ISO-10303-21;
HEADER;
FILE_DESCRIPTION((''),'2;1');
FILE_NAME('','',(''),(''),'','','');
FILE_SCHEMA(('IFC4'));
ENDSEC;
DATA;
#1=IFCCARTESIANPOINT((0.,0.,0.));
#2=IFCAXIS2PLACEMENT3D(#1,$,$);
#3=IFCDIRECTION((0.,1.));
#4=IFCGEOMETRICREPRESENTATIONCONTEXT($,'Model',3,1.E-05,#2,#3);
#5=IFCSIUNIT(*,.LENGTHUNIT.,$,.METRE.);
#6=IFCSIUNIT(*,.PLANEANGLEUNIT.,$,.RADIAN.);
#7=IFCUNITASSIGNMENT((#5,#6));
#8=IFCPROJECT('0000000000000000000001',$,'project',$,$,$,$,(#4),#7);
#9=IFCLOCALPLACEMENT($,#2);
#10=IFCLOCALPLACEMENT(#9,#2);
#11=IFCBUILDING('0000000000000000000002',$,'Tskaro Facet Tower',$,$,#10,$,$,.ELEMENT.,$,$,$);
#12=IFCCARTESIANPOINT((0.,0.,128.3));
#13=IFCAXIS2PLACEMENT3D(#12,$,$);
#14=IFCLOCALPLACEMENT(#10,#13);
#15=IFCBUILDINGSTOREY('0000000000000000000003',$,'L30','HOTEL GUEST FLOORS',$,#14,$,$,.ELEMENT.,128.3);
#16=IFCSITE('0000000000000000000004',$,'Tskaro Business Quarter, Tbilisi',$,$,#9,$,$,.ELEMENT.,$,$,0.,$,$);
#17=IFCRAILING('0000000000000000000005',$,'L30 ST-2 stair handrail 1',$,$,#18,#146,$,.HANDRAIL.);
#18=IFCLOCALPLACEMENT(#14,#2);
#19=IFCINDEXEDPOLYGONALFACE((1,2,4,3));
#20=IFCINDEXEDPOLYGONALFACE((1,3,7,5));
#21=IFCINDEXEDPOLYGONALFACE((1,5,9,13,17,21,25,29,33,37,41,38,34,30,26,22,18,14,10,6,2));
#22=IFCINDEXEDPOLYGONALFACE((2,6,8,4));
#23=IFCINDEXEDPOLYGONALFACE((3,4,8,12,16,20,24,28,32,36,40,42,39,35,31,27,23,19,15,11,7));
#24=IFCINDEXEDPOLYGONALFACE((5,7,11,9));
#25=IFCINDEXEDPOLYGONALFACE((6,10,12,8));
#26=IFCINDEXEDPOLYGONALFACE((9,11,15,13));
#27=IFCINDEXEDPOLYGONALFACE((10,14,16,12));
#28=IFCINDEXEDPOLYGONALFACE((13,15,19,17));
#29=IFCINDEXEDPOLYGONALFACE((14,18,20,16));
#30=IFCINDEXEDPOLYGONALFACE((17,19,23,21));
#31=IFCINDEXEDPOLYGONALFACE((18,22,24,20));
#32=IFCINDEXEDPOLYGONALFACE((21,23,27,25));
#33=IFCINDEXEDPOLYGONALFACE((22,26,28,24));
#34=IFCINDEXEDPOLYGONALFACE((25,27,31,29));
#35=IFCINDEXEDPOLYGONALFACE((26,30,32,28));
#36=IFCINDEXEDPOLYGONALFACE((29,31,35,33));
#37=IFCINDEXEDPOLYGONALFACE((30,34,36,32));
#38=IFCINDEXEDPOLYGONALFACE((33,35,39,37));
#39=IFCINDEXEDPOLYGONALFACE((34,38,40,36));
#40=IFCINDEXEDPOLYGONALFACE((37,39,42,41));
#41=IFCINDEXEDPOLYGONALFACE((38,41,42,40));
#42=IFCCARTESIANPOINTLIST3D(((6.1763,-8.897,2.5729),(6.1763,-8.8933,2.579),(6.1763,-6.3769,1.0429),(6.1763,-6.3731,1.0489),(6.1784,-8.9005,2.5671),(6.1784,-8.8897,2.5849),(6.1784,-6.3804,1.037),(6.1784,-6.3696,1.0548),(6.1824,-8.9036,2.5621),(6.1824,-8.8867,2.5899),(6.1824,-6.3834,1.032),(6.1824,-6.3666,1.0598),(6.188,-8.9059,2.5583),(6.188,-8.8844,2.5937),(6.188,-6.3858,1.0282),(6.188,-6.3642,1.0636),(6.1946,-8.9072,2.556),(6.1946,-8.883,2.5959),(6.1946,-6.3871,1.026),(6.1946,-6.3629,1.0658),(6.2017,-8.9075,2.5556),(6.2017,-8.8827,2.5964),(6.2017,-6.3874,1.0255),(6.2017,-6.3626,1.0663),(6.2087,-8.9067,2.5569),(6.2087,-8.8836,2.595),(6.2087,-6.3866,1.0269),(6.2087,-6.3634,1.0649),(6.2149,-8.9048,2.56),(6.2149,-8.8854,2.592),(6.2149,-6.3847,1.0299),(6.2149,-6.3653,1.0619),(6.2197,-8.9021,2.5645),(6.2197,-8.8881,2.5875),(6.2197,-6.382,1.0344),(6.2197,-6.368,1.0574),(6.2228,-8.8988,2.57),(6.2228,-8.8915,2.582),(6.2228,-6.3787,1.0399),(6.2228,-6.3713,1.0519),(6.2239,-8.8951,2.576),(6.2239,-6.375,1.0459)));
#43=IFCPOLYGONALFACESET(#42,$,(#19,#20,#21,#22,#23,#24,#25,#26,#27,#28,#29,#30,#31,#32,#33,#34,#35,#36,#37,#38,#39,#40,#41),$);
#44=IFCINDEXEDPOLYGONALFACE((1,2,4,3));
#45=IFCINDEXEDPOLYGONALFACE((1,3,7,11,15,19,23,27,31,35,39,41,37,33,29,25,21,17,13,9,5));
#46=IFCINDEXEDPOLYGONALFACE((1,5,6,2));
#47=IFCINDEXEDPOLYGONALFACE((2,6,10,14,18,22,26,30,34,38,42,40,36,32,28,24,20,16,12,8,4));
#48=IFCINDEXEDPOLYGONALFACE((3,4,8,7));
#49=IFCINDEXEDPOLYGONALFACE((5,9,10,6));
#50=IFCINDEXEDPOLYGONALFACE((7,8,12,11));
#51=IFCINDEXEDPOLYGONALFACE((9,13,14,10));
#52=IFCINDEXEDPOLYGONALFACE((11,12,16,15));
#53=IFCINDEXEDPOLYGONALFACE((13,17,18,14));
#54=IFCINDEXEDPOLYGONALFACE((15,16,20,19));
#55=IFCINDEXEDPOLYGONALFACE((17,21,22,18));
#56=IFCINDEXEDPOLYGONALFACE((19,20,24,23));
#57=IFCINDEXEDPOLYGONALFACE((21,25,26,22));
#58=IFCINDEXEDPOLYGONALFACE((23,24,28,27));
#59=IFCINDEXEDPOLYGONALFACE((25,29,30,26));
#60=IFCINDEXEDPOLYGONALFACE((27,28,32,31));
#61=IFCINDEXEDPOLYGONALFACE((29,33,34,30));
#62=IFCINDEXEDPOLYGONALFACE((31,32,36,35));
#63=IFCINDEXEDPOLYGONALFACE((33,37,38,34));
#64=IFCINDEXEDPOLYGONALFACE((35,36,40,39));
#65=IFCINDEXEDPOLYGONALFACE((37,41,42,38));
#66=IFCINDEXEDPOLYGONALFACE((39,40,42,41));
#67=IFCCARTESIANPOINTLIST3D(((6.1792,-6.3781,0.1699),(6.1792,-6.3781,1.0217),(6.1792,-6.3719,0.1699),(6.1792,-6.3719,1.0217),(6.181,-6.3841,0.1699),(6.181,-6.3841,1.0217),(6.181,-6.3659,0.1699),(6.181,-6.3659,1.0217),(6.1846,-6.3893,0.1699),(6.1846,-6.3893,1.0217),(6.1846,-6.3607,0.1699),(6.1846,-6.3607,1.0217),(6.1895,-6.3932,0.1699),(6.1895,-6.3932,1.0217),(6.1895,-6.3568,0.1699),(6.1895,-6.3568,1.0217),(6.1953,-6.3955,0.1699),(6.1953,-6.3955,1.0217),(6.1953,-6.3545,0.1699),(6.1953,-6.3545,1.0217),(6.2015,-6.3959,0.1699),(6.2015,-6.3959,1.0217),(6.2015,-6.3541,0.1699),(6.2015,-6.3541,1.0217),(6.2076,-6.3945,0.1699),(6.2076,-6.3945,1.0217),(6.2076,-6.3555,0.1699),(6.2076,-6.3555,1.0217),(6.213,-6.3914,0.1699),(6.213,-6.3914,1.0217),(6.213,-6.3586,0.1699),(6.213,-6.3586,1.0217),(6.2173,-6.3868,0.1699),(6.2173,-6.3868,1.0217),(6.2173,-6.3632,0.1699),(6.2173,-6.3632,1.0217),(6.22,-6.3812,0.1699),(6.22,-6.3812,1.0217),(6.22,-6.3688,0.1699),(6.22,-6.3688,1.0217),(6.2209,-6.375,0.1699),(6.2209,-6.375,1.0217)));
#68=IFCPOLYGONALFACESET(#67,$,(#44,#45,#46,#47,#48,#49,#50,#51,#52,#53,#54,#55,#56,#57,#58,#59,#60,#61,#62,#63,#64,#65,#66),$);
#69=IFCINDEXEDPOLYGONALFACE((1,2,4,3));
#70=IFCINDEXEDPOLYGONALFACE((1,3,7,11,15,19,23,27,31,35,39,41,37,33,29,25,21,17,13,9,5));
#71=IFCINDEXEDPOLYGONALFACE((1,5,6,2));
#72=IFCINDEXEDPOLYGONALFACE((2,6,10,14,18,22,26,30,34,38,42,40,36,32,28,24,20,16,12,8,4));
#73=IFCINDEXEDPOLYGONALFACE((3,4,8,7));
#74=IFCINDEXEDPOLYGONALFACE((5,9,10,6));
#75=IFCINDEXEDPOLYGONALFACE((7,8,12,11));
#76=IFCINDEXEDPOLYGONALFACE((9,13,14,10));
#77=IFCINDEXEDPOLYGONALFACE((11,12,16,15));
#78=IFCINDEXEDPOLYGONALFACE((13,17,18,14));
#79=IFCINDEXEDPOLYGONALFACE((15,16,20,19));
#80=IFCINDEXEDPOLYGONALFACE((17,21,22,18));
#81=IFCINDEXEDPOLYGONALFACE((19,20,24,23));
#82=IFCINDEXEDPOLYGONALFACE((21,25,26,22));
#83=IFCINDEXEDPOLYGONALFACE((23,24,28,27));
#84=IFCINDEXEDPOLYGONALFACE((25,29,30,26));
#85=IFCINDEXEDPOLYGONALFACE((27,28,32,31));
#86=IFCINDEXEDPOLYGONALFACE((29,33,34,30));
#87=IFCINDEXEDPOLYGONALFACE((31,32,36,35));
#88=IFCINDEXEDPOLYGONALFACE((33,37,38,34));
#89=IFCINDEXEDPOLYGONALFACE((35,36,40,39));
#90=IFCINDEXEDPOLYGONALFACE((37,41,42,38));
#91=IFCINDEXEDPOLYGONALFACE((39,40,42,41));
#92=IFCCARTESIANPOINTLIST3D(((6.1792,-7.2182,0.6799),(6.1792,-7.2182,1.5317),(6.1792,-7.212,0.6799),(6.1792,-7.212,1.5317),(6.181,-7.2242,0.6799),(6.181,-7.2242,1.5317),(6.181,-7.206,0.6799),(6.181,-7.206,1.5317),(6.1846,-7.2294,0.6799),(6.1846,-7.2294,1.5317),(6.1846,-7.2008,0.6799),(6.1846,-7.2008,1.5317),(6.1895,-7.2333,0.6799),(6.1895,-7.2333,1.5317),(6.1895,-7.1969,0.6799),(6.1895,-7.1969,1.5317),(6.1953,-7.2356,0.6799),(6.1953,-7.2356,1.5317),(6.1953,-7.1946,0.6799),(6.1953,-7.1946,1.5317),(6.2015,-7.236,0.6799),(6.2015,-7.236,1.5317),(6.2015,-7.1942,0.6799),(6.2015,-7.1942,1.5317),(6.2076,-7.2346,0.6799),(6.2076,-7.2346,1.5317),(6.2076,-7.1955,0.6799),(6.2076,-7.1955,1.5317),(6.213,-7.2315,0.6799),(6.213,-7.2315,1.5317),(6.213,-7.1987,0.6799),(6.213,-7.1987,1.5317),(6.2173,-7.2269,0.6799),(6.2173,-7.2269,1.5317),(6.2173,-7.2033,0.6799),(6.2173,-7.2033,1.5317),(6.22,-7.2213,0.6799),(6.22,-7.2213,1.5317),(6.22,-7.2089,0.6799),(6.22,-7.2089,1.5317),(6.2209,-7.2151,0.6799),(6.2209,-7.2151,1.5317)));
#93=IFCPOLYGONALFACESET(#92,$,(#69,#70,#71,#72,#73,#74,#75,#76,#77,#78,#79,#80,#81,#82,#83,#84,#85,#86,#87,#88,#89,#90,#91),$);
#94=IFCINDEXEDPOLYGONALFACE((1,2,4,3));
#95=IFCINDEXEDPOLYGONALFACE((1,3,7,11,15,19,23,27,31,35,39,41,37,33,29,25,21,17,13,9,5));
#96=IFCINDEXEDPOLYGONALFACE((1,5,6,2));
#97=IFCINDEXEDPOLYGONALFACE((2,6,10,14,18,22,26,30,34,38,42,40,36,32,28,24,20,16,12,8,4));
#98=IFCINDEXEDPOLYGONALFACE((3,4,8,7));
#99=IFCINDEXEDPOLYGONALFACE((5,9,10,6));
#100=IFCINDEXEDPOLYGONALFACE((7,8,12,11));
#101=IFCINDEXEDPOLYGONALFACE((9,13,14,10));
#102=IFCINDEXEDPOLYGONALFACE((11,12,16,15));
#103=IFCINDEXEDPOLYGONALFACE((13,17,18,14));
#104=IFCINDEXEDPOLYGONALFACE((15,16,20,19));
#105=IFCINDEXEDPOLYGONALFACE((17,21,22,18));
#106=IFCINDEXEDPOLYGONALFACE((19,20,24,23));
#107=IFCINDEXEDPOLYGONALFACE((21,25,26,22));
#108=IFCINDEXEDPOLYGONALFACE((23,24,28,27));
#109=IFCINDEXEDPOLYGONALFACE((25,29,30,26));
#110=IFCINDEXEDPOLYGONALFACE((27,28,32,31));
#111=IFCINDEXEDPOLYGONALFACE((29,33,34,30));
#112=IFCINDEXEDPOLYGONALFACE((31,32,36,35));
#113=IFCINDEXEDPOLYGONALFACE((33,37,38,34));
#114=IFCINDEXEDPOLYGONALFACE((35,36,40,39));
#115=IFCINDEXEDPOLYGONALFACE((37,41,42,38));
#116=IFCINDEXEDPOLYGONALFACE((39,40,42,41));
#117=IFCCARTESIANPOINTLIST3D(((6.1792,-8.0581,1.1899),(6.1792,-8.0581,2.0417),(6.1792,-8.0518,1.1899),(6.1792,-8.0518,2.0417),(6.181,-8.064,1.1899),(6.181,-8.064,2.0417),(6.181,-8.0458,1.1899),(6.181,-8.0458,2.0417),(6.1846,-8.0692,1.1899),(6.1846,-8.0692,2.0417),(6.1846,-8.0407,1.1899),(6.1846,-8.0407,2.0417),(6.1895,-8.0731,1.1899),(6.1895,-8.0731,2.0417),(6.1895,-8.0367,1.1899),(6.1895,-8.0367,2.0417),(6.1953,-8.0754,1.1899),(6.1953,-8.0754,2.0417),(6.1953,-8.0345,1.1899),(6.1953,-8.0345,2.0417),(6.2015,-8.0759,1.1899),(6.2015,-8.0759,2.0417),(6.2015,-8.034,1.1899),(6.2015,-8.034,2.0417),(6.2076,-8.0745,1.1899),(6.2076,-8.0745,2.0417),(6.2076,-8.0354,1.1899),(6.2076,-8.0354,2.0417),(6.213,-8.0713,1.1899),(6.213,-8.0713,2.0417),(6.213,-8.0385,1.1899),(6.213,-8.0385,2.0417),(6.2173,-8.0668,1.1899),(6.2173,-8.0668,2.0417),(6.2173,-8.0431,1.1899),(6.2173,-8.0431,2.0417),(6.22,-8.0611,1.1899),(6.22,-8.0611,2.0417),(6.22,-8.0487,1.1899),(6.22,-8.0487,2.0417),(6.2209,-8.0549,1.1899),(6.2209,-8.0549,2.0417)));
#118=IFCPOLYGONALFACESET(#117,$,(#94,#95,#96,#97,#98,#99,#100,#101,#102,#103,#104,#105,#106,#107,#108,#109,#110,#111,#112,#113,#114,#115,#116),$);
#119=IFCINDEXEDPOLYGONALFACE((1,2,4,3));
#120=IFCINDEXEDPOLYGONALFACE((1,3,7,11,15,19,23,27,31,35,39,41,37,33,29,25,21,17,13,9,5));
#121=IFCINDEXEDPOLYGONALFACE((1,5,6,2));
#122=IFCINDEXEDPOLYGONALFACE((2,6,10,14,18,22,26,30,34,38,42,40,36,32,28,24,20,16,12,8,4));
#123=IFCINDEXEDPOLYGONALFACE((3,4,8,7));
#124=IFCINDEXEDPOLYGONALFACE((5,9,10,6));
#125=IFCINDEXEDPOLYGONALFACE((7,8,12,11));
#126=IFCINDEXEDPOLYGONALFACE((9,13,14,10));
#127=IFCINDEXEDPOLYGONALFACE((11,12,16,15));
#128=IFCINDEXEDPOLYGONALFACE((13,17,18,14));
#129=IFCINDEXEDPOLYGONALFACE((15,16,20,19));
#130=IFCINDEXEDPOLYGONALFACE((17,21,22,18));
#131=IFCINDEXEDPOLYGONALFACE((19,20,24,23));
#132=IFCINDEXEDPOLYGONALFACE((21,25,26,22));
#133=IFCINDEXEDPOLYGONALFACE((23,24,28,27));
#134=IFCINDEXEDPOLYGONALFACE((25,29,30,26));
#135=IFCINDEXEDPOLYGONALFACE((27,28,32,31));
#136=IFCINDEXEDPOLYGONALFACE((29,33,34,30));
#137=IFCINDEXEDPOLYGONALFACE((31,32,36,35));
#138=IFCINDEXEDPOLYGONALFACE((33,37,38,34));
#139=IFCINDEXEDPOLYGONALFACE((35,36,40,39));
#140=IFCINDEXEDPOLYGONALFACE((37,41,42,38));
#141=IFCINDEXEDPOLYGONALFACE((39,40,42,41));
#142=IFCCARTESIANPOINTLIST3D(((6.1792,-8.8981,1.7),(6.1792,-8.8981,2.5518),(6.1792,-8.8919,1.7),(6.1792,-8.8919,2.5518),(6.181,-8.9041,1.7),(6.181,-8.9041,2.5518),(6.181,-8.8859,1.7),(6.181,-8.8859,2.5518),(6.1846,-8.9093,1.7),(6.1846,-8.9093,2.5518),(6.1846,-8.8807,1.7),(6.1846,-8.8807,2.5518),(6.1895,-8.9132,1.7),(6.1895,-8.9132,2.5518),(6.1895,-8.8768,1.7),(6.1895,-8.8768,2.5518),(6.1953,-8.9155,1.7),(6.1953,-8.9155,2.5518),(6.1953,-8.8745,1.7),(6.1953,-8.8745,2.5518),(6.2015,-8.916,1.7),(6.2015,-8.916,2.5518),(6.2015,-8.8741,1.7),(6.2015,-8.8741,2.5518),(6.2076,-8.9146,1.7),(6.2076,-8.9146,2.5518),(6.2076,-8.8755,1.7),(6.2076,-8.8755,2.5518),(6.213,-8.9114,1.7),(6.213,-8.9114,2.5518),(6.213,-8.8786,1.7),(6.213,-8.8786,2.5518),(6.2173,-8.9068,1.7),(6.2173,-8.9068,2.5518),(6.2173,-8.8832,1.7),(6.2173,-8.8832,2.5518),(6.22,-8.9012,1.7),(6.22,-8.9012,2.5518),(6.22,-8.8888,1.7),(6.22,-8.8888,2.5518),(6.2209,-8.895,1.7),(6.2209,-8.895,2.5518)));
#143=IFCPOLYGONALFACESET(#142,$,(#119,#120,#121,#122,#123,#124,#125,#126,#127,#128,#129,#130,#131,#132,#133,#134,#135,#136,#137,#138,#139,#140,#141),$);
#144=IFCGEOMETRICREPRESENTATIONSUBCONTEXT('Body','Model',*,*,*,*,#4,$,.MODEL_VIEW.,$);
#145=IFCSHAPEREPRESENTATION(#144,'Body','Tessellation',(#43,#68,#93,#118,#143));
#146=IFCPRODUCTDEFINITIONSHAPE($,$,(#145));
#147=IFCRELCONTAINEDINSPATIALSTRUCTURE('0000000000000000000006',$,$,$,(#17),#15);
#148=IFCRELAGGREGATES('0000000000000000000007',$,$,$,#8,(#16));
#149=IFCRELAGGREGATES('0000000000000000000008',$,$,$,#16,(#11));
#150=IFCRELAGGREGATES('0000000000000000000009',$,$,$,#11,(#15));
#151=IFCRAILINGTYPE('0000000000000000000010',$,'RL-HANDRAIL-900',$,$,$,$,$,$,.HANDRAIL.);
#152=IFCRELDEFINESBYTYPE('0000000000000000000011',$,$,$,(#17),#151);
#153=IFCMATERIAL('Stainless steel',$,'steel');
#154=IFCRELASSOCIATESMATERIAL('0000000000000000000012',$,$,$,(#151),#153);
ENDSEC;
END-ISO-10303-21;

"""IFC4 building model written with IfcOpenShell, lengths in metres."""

from ifc_helpers import new_model, si_unit, direction, frame, origin, origin_2d, place, context, subcontext, project, spatial, circle, extrude, material, type_object, element, save


model = new_model("IFC4")

# Units and contexts
model_context = context("Model", 3, precision=1e-05, world=origin(), true_north=direction((0.0, 1.0)))
body_context = subcontext(model_context, "Body", "Model", "MODEL_VIEW")
ifc_project = project(units=[si_unit("LENGTHUNIT", "METRE"), si_unit("PLANEANGLEUNIT", "RADIAN")], contexts=[model_context])

# Site, building, storey
site_placement = place(None, origin())
site = spatial("IfcSite", under=ifc_project, at=site_placement, Name="Tskaro Business Quarter, Tbilisi", CompositionType="ELEMENT", RefElevation=0.0)
building_placement = place(site_placement, origin())
building = spatial("IfcBuilding", under=site, at=building_placement, Name="Tskaro Facet Tower", CompositionType="ELEMENT")
storey_placement = place(building_placement, frame((0.0, 0.0, 128.3)))
storey = spatial("IfcBuildingStorey", under=building, at=storey_placement, Name="L30", Description="HOTEL GUEST FLOORS", CompositionType="ELEMENT", Elevation=128.3)

# Railing
ifc_material_1 = material(Name="Stainless steel", Category="steel")
railing_type_1 = type_object("IfcRailingType", Name="RL-HANDRAIL-900", PredefinedType="HANDRAIL", material=ifc_material_1)
railing_1_placement = place(storey_placement, frame((6.2, -6.375, 0.1699)))
element("IfcRailing", 1, at=railing_1_placement, inside=storey, type_object=railing_type_1, Name="L30 ST-2 stair handrail 1", PredefinedType="HANDRAIL", context=body_context, shape_type="SweptSolid", body=[
    extrude(circle(Radius=0.0239, at=origin_2d()), frame((0.0, 0.0, 0.876), z_axis=(0.0, -0.854785, 0.518982), x_axis=(1.0, 0.0, 0.0)), (0.0, 0.0, 1.0), 2.9482),
    extrude(circle(Radius=0.021, at=origin_2d()), origin(), (0.0, 0.0, 1.0), 0.8518),
    extrude(circle(Radius=0.021, at=origin_2d()), frame((0.0, -0.8401, 0.51)), (0.0, 0.0, 1.0), 0.8518),
    extrude(circle(Radius=0.021, at=origin_2d()), frame((0.0, -1.6799, 1.02)), (0.0, 0.0, 1.0), 0.8518),
    extrude(circle(Radius=0.021, at=origin_2d()), frame((0.0, -2.52, 1.53)), (0.0, 0.0, 1.0), 0.8518),
])

save(model, "model.ifc")
